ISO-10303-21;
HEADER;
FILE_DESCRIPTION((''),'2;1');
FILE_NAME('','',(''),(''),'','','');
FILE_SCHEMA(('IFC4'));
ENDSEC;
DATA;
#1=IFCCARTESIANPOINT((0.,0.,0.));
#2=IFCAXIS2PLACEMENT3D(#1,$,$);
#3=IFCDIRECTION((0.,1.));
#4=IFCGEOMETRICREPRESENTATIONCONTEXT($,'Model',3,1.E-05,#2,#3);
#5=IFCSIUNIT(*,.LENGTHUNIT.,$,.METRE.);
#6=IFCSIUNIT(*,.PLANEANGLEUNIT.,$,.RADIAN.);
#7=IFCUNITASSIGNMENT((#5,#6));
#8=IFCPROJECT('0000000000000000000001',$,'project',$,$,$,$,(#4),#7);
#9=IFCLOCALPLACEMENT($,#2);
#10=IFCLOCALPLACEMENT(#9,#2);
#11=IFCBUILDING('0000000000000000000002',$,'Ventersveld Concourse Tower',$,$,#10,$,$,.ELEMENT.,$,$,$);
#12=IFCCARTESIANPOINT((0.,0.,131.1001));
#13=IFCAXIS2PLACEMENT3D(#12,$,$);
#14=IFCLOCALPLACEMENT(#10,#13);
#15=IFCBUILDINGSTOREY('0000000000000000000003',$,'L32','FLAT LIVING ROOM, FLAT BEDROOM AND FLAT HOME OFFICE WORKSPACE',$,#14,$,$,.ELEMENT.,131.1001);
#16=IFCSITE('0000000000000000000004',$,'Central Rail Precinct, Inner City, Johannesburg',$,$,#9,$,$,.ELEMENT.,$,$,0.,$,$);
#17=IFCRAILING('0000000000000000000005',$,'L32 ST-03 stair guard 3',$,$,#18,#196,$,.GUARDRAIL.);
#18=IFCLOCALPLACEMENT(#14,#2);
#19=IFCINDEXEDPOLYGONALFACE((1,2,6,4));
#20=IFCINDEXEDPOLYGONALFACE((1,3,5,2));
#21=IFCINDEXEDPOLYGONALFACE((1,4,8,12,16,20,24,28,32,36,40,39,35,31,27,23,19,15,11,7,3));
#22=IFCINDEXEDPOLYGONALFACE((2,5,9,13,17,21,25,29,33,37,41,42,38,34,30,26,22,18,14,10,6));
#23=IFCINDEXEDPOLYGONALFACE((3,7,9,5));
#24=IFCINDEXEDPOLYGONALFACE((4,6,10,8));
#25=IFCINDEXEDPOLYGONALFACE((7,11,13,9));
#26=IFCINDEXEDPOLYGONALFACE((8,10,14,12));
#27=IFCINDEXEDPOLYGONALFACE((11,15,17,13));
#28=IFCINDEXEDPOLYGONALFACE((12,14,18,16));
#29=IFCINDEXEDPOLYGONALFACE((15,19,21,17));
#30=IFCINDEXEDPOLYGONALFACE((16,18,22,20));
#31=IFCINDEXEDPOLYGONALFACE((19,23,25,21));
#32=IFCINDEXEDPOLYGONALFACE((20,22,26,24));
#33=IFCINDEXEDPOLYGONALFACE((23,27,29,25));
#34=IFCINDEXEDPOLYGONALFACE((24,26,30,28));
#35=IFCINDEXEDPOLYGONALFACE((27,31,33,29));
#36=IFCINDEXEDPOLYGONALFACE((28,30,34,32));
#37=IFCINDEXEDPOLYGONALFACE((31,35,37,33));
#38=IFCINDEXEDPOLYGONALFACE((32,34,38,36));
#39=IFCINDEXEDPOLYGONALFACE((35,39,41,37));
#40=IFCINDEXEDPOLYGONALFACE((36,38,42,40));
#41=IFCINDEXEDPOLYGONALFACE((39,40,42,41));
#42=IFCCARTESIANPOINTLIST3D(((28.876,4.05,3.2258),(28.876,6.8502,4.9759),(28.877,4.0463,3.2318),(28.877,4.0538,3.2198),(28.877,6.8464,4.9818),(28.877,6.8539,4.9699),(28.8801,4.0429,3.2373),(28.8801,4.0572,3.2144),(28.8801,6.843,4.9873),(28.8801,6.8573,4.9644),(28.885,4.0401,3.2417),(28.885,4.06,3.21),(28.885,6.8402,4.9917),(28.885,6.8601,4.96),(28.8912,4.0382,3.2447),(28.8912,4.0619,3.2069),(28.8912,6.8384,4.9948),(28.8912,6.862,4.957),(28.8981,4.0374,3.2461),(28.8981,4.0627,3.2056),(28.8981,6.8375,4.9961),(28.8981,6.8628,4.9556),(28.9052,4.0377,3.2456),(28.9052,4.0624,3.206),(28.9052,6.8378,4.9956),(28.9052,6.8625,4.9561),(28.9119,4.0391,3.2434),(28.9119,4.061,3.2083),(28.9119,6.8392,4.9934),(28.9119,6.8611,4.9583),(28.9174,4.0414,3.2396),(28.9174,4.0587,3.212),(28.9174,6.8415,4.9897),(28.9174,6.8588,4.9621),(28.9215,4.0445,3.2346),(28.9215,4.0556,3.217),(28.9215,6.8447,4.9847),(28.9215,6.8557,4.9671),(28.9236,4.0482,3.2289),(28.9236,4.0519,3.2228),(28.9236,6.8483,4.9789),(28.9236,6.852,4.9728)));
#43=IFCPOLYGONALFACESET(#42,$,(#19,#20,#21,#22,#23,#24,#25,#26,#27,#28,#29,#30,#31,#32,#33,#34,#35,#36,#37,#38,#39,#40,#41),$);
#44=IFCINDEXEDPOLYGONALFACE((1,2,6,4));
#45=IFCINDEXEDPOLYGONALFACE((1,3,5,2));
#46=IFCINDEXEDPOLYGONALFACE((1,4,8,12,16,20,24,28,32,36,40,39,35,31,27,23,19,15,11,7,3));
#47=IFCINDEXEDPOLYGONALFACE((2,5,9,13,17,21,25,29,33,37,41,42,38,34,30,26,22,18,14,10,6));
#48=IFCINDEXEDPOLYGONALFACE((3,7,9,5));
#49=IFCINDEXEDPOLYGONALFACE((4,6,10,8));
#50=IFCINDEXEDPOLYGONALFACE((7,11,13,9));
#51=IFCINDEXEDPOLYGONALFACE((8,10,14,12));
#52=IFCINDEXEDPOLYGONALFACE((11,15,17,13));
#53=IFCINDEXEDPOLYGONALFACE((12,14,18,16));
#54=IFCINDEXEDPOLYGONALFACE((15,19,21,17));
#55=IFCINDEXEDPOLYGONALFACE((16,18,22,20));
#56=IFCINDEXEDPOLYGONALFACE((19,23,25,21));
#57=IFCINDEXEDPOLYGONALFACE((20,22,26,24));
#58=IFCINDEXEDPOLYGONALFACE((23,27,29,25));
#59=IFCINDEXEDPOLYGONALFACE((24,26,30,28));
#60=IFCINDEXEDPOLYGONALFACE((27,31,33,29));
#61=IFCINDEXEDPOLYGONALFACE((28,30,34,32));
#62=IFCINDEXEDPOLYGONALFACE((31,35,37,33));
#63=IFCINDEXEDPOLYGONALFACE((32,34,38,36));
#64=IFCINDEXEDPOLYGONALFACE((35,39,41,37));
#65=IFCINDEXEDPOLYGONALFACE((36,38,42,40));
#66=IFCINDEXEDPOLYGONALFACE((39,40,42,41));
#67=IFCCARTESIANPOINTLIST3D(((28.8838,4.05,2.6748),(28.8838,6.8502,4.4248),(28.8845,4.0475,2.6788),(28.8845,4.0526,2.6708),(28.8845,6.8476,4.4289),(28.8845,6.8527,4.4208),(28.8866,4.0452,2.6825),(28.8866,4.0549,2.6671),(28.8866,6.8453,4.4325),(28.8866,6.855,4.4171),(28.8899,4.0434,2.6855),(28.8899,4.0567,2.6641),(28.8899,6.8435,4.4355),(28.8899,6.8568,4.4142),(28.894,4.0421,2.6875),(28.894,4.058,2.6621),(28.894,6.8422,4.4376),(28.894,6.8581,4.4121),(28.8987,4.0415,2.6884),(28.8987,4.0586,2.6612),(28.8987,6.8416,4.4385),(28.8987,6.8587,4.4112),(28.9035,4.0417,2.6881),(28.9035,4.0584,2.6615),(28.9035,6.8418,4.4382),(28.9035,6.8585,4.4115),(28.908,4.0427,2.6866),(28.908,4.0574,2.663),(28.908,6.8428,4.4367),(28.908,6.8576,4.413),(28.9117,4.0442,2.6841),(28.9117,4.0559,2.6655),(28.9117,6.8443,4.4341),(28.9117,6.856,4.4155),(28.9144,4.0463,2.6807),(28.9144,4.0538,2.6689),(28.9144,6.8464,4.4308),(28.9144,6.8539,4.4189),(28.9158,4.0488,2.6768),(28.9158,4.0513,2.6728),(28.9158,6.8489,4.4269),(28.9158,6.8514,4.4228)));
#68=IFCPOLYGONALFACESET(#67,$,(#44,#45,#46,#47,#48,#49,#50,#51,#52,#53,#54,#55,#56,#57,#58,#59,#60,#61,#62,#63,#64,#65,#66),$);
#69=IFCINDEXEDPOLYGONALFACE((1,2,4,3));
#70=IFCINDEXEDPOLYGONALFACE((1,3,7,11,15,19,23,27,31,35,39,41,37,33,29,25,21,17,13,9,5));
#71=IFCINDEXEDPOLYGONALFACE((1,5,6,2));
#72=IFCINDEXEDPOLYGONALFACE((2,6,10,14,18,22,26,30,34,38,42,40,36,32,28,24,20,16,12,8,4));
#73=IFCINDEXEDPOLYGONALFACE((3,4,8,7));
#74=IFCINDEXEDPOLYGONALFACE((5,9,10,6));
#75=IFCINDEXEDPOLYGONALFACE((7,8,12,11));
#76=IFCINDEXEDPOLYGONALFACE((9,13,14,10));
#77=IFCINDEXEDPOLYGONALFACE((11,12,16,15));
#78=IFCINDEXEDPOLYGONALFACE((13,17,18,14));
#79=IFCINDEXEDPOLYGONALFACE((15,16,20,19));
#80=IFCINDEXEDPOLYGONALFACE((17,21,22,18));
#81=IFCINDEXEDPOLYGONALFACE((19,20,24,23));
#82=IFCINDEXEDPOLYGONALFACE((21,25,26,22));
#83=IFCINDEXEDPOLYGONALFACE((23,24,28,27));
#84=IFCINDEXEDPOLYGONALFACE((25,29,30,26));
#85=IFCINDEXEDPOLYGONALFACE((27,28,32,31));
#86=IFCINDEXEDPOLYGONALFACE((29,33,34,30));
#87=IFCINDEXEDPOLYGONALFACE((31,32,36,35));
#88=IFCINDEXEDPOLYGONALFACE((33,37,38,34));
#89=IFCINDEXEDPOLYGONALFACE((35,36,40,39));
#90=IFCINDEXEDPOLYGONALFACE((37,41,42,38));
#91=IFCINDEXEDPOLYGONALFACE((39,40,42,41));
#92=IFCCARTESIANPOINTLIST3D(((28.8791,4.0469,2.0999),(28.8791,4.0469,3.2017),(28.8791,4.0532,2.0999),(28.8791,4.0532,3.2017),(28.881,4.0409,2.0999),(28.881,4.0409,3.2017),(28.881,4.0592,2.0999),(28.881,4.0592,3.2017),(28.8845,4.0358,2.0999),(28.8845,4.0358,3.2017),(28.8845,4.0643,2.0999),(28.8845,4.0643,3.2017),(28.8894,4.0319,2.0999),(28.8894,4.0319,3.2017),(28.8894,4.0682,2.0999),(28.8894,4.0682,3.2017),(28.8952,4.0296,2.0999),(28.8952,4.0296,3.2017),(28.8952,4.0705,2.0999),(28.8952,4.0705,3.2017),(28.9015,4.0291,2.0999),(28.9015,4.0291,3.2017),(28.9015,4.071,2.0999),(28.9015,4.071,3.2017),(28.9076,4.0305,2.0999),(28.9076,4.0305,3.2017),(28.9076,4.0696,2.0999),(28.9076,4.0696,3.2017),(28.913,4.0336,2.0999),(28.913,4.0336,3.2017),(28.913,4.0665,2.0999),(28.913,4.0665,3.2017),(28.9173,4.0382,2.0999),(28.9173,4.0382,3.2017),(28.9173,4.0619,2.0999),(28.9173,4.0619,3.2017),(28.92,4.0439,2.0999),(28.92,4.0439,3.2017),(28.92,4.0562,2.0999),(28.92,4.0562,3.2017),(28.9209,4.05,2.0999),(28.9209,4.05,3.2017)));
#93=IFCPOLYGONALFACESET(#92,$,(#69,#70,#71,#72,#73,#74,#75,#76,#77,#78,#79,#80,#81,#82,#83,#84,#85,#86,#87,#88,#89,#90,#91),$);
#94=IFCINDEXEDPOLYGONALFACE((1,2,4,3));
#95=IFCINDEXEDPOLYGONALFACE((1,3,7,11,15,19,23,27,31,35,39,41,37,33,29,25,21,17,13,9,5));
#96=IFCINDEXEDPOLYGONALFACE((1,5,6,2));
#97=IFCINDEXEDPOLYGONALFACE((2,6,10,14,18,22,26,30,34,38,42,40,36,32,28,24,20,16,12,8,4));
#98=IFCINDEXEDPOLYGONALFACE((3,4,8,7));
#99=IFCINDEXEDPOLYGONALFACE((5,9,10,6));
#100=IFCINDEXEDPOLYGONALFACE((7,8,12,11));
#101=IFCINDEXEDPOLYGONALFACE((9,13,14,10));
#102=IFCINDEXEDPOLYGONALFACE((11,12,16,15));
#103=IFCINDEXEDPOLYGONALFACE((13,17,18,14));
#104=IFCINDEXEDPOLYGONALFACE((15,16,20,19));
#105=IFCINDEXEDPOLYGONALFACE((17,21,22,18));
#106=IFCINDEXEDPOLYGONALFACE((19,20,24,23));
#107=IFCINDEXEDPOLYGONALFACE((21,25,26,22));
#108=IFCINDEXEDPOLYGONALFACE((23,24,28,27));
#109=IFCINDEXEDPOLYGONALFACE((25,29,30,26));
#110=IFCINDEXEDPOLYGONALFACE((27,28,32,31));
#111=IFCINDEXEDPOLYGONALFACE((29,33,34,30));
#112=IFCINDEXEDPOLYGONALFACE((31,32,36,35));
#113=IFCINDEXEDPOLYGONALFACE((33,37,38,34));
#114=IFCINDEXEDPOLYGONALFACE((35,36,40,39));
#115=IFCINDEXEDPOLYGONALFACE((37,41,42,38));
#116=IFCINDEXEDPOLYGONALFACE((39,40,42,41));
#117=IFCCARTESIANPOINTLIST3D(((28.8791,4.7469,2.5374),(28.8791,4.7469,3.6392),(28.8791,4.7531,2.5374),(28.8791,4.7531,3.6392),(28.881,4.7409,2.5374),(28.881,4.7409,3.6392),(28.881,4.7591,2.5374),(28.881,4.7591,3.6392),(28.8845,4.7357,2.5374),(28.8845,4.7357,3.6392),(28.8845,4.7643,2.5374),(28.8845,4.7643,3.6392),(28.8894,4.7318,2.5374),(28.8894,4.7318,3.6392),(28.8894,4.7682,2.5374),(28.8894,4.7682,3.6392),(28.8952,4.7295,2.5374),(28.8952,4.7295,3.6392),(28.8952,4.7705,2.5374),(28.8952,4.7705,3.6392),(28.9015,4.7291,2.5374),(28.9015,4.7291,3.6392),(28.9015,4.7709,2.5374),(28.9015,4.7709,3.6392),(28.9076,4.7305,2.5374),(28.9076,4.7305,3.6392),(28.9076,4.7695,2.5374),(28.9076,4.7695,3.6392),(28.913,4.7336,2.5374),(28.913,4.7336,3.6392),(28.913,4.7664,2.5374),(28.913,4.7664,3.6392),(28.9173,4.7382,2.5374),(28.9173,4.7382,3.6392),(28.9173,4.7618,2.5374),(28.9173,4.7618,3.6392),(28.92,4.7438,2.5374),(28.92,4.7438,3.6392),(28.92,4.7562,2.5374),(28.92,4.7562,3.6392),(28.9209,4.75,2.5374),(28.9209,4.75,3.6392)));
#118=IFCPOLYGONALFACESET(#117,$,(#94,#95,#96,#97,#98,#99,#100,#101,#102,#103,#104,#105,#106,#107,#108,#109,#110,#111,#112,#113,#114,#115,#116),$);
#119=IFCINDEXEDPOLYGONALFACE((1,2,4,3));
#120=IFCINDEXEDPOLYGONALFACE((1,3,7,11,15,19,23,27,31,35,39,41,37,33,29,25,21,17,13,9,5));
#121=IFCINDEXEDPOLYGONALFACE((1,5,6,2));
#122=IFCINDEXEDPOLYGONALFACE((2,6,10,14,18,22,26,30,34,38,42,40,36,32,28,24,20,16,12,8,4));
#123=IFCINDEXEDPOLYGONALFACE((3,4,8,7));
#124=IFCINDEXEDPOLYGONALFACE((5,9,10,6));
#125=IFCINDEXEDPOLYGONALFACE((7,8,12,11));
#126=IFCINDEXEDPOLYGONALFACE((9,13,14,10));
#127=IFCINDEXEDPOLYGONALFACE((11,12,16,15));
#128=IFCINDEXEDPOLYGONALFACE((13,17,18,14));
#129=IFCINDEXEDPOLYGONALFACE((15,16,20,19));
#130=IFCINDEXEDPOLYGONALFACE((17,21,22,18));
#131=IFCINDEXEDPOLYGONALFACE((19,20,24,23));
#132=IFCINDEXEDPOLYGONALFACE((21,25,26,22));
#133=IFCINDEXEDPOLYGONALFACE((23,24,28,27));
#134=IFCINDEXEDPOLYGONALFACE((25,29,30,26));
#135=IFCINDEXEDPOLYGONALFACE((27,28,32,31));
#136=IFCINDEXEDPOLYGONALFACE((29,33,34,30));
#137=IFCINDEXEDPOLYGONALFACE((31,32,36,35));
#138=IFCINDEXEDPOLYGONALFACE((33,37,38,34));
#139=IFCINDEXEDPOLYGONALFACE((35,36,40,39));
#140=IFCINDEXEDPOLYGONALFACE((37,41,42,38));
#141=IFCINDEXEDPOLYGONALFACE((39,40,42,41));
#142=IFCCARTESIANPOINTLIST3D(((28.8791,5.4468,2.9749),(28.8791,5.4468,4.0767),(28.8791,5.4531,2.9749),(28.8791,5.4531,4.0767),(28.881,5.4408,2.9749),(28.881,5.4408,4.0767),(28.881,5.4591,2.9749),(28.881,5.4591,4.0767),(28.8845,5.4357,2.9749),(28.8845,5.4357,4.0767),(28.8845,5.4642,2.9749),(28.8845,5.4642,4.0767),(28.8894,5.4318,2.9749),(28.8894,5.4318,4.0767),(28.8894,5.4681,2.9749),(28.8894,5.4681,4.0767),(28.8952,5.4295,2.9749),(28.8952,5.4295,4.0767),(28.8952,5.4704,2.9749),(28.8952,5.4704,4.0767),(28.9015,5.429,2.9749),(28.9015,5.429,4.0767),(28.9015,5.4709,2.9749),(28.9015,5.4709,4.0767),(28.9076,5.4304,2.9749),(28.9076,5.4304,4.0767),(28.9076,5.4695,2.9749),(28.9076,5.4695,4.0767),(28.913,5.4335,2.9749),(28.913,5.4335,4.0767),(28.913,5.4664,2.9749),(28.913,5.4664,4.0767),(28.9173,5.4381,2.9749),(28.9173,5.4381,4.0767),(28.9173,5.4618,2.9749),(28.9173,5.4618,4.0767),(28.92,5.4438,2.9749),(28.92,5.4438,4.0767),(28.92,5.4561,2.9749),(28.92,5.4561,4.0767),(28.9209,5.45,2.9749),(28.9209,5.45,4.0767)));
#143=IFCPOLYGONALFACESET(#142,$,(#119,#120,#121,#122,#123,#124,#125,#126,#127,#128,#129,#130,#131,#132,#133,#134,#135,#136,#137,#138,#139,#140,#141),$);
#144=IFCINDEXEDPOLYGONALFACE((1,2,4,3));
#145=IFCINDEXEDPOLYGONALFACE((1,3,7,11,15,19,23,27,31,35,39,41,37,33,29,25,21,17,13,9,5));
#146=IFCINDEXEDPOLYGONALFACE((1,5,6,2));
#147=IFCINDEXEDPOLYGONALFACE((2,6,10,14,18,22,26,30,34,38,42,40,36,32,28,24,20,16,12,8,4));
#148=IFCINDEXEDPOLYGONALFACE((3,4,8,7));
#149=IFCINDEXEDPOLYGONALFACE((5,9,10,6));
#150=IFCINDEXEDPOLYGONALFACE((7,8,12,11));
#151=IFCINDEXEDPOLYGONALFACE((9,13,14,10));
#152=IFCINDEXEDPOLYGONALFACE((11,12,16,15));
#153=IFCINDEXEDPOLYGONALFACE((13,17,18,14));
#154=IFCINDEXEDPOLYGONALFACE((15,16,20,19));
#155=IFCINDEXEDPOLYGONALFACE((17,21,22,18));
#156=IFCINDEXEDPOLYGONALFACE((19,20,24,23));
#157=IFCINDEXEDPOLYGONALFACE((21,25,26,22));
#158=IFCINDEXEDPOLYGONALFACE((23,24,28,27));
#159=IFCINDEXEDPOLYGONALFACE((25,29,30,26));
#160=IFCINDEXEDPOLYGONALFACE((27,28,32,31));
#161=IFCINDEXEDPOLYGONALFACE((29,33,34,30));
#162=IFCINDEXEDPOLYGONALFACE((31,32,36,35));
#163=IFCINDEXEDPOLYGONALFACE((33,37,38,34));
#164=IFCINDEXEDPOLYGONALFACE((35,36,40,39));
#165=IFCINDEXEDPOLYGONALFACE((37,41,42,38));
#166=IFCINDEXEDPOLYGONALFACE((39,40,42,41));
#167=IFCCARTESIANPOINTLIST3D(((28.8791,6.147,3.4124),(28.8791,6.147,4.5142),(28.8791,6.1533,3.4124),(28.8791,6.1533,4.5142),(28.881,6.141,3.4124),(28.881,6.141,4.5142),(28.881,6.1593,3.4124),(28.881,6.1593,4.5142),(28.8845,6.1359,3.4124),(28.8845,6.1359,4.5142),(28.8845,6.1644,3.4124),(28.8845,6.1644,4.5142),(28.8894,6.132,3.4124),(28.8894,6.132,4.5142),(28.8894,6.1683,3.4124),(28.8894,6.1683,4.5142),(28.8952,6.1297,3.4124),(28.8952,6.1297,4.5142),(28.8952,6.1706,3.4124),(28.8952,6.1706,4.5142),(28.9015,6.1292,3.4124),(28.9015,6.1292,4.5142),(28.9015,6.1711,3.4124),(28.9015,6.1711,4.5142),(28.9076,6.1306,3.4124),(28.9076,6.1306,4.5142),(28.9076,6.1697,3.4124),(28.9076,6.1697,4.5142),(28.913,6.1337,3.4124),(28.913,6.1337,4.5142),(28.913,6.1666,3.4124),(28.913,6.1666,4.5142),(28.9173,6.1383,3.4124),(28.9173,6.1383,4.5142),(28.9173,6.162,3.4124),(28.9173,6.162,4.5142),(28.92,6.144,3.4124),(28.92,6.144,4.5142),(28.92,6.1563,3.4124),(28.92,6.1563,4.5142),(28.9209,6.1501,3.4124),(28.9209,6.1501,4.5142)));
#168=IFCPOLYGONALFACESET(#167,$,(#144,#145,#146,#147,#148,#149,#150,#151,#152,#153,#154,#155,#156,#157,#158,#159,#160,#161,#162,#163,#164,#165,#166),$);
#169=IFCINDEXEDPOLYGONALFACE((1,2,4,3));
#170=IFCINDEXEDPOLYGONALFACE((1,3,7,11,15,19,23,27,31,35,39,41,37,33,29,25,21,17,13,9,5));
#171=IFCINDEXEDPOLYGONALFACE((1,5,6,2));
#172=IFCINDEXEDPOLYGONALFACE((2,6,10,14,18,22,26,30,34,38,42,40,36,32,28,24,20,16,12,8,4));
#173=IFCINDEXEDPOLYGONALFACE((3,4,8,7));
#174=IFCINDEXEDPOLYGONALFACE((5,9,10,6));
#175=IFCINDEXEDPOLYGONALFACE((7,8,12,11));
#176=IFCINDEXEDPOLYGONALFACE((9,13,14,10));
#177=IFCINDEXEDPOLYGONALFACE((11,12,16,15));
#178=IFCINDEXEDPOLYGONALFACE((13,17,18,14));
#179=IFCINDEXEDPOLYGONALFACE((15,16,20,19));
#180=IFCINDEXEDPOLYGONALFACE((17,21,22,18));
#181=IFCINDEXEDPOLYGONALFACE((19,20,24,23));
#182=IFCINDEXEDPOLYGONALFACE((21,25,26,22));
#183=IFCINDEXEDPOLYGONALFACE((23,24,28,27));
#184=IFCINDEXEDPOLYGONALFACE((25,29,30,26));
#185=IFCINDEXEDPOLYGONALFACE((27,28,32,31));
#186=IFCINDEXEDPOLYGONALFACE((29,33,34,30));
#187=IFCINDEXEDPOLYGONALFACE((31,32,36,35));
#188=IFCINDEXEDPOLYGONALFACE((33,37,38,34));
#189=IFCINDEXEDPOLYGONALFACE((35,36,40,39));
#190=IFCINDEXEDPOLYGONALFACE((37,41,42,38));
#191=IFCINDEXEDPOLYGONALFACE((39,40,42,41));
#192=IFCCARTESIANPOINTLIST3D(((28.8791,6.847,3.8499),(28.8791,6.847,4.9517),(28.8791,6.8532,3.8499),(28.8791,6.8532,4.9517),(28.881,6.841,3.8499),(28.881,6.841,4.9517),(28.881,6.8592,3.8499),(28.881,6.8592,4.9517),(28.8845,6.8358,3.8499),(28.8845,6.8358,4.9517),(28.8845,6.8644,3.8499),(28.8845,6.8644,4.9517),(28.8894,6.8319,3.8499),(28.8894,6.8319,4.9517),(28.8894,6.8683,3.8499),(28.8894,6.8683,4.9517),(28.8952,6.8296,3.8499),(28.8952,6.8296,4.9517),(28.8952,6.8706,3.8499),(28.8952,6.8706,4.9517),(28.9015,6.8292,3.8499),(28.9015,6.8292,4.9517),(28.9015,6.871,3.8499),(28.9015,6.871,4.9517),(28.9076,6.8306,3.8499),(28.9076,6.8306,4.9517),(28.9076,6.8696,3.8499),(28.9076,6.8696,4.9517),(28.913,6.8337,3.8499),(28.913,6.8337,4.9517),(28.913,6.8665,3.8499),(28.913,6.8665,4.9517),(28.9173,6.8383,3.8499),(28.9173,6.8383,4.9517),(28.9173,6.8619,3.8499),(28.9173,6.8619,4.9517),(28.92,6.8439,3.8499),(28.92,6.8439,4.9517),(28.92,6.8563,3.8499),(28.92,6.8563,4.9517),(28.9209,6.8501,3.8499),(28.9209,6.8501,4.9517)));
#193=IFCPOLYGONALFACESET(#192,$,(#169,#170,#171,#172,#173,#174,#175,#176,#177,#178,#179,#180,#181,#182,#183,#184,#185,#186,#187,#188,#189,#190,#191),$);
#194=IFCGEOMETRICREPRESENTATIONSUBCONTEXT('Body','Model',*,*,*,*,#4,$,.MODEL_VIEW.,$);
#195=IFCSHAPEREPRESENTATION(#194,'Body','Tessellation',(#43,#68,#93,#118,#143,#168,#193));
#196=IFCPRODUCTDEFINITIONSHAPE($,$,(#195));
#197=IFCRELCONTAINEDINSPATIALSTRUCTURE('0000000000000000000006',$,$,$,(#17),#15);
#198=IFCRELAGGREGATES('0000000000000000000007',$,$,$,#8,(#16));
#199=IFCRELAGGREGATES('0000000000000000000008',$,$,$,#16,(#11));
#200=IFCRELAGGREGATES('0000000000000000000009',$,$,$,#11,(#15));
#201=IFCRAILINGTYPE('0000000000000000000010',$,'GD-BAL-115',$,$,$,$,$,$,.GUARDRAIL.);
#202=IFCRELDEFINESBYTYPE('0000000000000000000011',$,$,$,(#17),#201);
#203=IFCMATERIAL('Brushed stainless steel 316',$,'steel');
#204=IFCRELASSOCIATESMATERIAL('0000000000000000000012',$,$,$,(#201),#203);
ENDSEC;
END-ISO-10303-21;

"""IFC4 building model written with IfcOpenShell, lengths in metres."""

from ifc_helpers import new_model, si_unit, direction, frame, origin, origin_2d, place, context, subcontext, project, spatial, circle, extrude, material, type_object, element, save


model = new_model("IFC4")

# Units and contexts
model_context = context("Model", 3, precision=1e-05, world=origin(), true_north=direction((0.0, 1.0)))
body_context = subcontext(model_context, "Body", "Model", "MODEL_VIEW")
ifc_project = project(units=[si_unit("LENGTHUNIT", "METRE"), si_unit("PLANEANGLEUNIT", "RADIAN")], contexts=[model_context])

# Site, building, storey
site_placement = place(None, origin())
site = spatial("IfcSite", under=ifc_project, at=site_placement, Name="Central Rail Precinct, Inner City, Johannesburg", CompositionType="ELEMENT", RefElevation=0.0)
building_placement = place(site_placement, origin())
building = spatial("IfcBuilding", under=site, at=building_placement, Name="Ventersveld Concourse Tower", CompositionType="ELEMENT")
storey_placement = place(building_placement, frame((0.0, 0.0, 131.1001)))
storey = spatial("IfcBuildingStorey", under=building, at=storey_placement, Name="L32", Description="FLAT LIVING ROOM, FLAT BEDROOM AND FLAT HOME OFFICE WORKSPACE", CompositionType="ELEMENT", Elevation=131.1001)

# Railing
ifc_material_1 = material(Name="Brushed stainless steel 316", Category="steel")
railing_type = type_object("IfcRailingType", Name="GD-BAL-115", PredefinedType="GUARDRAIL", material=ifc_material_1)
railing_1_placement = place(storey_placement, frame((28.8999, 4.05, 2.0999)))
element("IfcRailing", 1, at=railing_1_placement, inside=storey, type_object=railing_type, Name="L32 ST-03 stair guard 3", PredefinedType="GUARDRAIL", context=body_context, shape_type="SweptSolid", body=[
    extrude(circle(Radius=0.0239, at=origin_2d()), frame((0.0, 0.0, 1.126), z_axis=(0.0, 0.848002, 0.529992), x_axis=(-1.0, 0.0, 0.0)), (0.0, 0.0, 1.0), 3.302),
    extrude(circle(Radius=0.0161, at=origin_2d()), frame((0.0, 0.0, 0.575), z_axis=(0.0, 0.848002, 0.529992), x_axis=(-1.0, 0.0, 0.0)), (0.0, 0.0, 1.0), 3.302),
    extrude(circle(Radius=0.021, at=origin_2d()), origin(), (0.0, 0.0, 1.0), 1.1018),
    extrude(circle(Radius=0.021, at=origin_2d()), frame((0.0, 0.7, 0.4375)), (0.0, 0.0, 1.0), 1.1018),
    extrude(circle(Radius=0.021, at=origin_2d()), frame((0.0, 1.3999, 0.875)), (0.0, 0.0, 1.0), 1.1018),
    extrude(circle(Radius=0.021, at=origin_2d()), frame((0.0, 2.1001, 1.3125)), (0.0, 0.0, 1.0), 1.1018),
    extrude(circle(Radius=0.021, at=origin_2d()), frame((0.0, 2.8, 1.75)), (0.0, 0.0, 1.0), 1.1018),
])

save(model, "model.ifc")
